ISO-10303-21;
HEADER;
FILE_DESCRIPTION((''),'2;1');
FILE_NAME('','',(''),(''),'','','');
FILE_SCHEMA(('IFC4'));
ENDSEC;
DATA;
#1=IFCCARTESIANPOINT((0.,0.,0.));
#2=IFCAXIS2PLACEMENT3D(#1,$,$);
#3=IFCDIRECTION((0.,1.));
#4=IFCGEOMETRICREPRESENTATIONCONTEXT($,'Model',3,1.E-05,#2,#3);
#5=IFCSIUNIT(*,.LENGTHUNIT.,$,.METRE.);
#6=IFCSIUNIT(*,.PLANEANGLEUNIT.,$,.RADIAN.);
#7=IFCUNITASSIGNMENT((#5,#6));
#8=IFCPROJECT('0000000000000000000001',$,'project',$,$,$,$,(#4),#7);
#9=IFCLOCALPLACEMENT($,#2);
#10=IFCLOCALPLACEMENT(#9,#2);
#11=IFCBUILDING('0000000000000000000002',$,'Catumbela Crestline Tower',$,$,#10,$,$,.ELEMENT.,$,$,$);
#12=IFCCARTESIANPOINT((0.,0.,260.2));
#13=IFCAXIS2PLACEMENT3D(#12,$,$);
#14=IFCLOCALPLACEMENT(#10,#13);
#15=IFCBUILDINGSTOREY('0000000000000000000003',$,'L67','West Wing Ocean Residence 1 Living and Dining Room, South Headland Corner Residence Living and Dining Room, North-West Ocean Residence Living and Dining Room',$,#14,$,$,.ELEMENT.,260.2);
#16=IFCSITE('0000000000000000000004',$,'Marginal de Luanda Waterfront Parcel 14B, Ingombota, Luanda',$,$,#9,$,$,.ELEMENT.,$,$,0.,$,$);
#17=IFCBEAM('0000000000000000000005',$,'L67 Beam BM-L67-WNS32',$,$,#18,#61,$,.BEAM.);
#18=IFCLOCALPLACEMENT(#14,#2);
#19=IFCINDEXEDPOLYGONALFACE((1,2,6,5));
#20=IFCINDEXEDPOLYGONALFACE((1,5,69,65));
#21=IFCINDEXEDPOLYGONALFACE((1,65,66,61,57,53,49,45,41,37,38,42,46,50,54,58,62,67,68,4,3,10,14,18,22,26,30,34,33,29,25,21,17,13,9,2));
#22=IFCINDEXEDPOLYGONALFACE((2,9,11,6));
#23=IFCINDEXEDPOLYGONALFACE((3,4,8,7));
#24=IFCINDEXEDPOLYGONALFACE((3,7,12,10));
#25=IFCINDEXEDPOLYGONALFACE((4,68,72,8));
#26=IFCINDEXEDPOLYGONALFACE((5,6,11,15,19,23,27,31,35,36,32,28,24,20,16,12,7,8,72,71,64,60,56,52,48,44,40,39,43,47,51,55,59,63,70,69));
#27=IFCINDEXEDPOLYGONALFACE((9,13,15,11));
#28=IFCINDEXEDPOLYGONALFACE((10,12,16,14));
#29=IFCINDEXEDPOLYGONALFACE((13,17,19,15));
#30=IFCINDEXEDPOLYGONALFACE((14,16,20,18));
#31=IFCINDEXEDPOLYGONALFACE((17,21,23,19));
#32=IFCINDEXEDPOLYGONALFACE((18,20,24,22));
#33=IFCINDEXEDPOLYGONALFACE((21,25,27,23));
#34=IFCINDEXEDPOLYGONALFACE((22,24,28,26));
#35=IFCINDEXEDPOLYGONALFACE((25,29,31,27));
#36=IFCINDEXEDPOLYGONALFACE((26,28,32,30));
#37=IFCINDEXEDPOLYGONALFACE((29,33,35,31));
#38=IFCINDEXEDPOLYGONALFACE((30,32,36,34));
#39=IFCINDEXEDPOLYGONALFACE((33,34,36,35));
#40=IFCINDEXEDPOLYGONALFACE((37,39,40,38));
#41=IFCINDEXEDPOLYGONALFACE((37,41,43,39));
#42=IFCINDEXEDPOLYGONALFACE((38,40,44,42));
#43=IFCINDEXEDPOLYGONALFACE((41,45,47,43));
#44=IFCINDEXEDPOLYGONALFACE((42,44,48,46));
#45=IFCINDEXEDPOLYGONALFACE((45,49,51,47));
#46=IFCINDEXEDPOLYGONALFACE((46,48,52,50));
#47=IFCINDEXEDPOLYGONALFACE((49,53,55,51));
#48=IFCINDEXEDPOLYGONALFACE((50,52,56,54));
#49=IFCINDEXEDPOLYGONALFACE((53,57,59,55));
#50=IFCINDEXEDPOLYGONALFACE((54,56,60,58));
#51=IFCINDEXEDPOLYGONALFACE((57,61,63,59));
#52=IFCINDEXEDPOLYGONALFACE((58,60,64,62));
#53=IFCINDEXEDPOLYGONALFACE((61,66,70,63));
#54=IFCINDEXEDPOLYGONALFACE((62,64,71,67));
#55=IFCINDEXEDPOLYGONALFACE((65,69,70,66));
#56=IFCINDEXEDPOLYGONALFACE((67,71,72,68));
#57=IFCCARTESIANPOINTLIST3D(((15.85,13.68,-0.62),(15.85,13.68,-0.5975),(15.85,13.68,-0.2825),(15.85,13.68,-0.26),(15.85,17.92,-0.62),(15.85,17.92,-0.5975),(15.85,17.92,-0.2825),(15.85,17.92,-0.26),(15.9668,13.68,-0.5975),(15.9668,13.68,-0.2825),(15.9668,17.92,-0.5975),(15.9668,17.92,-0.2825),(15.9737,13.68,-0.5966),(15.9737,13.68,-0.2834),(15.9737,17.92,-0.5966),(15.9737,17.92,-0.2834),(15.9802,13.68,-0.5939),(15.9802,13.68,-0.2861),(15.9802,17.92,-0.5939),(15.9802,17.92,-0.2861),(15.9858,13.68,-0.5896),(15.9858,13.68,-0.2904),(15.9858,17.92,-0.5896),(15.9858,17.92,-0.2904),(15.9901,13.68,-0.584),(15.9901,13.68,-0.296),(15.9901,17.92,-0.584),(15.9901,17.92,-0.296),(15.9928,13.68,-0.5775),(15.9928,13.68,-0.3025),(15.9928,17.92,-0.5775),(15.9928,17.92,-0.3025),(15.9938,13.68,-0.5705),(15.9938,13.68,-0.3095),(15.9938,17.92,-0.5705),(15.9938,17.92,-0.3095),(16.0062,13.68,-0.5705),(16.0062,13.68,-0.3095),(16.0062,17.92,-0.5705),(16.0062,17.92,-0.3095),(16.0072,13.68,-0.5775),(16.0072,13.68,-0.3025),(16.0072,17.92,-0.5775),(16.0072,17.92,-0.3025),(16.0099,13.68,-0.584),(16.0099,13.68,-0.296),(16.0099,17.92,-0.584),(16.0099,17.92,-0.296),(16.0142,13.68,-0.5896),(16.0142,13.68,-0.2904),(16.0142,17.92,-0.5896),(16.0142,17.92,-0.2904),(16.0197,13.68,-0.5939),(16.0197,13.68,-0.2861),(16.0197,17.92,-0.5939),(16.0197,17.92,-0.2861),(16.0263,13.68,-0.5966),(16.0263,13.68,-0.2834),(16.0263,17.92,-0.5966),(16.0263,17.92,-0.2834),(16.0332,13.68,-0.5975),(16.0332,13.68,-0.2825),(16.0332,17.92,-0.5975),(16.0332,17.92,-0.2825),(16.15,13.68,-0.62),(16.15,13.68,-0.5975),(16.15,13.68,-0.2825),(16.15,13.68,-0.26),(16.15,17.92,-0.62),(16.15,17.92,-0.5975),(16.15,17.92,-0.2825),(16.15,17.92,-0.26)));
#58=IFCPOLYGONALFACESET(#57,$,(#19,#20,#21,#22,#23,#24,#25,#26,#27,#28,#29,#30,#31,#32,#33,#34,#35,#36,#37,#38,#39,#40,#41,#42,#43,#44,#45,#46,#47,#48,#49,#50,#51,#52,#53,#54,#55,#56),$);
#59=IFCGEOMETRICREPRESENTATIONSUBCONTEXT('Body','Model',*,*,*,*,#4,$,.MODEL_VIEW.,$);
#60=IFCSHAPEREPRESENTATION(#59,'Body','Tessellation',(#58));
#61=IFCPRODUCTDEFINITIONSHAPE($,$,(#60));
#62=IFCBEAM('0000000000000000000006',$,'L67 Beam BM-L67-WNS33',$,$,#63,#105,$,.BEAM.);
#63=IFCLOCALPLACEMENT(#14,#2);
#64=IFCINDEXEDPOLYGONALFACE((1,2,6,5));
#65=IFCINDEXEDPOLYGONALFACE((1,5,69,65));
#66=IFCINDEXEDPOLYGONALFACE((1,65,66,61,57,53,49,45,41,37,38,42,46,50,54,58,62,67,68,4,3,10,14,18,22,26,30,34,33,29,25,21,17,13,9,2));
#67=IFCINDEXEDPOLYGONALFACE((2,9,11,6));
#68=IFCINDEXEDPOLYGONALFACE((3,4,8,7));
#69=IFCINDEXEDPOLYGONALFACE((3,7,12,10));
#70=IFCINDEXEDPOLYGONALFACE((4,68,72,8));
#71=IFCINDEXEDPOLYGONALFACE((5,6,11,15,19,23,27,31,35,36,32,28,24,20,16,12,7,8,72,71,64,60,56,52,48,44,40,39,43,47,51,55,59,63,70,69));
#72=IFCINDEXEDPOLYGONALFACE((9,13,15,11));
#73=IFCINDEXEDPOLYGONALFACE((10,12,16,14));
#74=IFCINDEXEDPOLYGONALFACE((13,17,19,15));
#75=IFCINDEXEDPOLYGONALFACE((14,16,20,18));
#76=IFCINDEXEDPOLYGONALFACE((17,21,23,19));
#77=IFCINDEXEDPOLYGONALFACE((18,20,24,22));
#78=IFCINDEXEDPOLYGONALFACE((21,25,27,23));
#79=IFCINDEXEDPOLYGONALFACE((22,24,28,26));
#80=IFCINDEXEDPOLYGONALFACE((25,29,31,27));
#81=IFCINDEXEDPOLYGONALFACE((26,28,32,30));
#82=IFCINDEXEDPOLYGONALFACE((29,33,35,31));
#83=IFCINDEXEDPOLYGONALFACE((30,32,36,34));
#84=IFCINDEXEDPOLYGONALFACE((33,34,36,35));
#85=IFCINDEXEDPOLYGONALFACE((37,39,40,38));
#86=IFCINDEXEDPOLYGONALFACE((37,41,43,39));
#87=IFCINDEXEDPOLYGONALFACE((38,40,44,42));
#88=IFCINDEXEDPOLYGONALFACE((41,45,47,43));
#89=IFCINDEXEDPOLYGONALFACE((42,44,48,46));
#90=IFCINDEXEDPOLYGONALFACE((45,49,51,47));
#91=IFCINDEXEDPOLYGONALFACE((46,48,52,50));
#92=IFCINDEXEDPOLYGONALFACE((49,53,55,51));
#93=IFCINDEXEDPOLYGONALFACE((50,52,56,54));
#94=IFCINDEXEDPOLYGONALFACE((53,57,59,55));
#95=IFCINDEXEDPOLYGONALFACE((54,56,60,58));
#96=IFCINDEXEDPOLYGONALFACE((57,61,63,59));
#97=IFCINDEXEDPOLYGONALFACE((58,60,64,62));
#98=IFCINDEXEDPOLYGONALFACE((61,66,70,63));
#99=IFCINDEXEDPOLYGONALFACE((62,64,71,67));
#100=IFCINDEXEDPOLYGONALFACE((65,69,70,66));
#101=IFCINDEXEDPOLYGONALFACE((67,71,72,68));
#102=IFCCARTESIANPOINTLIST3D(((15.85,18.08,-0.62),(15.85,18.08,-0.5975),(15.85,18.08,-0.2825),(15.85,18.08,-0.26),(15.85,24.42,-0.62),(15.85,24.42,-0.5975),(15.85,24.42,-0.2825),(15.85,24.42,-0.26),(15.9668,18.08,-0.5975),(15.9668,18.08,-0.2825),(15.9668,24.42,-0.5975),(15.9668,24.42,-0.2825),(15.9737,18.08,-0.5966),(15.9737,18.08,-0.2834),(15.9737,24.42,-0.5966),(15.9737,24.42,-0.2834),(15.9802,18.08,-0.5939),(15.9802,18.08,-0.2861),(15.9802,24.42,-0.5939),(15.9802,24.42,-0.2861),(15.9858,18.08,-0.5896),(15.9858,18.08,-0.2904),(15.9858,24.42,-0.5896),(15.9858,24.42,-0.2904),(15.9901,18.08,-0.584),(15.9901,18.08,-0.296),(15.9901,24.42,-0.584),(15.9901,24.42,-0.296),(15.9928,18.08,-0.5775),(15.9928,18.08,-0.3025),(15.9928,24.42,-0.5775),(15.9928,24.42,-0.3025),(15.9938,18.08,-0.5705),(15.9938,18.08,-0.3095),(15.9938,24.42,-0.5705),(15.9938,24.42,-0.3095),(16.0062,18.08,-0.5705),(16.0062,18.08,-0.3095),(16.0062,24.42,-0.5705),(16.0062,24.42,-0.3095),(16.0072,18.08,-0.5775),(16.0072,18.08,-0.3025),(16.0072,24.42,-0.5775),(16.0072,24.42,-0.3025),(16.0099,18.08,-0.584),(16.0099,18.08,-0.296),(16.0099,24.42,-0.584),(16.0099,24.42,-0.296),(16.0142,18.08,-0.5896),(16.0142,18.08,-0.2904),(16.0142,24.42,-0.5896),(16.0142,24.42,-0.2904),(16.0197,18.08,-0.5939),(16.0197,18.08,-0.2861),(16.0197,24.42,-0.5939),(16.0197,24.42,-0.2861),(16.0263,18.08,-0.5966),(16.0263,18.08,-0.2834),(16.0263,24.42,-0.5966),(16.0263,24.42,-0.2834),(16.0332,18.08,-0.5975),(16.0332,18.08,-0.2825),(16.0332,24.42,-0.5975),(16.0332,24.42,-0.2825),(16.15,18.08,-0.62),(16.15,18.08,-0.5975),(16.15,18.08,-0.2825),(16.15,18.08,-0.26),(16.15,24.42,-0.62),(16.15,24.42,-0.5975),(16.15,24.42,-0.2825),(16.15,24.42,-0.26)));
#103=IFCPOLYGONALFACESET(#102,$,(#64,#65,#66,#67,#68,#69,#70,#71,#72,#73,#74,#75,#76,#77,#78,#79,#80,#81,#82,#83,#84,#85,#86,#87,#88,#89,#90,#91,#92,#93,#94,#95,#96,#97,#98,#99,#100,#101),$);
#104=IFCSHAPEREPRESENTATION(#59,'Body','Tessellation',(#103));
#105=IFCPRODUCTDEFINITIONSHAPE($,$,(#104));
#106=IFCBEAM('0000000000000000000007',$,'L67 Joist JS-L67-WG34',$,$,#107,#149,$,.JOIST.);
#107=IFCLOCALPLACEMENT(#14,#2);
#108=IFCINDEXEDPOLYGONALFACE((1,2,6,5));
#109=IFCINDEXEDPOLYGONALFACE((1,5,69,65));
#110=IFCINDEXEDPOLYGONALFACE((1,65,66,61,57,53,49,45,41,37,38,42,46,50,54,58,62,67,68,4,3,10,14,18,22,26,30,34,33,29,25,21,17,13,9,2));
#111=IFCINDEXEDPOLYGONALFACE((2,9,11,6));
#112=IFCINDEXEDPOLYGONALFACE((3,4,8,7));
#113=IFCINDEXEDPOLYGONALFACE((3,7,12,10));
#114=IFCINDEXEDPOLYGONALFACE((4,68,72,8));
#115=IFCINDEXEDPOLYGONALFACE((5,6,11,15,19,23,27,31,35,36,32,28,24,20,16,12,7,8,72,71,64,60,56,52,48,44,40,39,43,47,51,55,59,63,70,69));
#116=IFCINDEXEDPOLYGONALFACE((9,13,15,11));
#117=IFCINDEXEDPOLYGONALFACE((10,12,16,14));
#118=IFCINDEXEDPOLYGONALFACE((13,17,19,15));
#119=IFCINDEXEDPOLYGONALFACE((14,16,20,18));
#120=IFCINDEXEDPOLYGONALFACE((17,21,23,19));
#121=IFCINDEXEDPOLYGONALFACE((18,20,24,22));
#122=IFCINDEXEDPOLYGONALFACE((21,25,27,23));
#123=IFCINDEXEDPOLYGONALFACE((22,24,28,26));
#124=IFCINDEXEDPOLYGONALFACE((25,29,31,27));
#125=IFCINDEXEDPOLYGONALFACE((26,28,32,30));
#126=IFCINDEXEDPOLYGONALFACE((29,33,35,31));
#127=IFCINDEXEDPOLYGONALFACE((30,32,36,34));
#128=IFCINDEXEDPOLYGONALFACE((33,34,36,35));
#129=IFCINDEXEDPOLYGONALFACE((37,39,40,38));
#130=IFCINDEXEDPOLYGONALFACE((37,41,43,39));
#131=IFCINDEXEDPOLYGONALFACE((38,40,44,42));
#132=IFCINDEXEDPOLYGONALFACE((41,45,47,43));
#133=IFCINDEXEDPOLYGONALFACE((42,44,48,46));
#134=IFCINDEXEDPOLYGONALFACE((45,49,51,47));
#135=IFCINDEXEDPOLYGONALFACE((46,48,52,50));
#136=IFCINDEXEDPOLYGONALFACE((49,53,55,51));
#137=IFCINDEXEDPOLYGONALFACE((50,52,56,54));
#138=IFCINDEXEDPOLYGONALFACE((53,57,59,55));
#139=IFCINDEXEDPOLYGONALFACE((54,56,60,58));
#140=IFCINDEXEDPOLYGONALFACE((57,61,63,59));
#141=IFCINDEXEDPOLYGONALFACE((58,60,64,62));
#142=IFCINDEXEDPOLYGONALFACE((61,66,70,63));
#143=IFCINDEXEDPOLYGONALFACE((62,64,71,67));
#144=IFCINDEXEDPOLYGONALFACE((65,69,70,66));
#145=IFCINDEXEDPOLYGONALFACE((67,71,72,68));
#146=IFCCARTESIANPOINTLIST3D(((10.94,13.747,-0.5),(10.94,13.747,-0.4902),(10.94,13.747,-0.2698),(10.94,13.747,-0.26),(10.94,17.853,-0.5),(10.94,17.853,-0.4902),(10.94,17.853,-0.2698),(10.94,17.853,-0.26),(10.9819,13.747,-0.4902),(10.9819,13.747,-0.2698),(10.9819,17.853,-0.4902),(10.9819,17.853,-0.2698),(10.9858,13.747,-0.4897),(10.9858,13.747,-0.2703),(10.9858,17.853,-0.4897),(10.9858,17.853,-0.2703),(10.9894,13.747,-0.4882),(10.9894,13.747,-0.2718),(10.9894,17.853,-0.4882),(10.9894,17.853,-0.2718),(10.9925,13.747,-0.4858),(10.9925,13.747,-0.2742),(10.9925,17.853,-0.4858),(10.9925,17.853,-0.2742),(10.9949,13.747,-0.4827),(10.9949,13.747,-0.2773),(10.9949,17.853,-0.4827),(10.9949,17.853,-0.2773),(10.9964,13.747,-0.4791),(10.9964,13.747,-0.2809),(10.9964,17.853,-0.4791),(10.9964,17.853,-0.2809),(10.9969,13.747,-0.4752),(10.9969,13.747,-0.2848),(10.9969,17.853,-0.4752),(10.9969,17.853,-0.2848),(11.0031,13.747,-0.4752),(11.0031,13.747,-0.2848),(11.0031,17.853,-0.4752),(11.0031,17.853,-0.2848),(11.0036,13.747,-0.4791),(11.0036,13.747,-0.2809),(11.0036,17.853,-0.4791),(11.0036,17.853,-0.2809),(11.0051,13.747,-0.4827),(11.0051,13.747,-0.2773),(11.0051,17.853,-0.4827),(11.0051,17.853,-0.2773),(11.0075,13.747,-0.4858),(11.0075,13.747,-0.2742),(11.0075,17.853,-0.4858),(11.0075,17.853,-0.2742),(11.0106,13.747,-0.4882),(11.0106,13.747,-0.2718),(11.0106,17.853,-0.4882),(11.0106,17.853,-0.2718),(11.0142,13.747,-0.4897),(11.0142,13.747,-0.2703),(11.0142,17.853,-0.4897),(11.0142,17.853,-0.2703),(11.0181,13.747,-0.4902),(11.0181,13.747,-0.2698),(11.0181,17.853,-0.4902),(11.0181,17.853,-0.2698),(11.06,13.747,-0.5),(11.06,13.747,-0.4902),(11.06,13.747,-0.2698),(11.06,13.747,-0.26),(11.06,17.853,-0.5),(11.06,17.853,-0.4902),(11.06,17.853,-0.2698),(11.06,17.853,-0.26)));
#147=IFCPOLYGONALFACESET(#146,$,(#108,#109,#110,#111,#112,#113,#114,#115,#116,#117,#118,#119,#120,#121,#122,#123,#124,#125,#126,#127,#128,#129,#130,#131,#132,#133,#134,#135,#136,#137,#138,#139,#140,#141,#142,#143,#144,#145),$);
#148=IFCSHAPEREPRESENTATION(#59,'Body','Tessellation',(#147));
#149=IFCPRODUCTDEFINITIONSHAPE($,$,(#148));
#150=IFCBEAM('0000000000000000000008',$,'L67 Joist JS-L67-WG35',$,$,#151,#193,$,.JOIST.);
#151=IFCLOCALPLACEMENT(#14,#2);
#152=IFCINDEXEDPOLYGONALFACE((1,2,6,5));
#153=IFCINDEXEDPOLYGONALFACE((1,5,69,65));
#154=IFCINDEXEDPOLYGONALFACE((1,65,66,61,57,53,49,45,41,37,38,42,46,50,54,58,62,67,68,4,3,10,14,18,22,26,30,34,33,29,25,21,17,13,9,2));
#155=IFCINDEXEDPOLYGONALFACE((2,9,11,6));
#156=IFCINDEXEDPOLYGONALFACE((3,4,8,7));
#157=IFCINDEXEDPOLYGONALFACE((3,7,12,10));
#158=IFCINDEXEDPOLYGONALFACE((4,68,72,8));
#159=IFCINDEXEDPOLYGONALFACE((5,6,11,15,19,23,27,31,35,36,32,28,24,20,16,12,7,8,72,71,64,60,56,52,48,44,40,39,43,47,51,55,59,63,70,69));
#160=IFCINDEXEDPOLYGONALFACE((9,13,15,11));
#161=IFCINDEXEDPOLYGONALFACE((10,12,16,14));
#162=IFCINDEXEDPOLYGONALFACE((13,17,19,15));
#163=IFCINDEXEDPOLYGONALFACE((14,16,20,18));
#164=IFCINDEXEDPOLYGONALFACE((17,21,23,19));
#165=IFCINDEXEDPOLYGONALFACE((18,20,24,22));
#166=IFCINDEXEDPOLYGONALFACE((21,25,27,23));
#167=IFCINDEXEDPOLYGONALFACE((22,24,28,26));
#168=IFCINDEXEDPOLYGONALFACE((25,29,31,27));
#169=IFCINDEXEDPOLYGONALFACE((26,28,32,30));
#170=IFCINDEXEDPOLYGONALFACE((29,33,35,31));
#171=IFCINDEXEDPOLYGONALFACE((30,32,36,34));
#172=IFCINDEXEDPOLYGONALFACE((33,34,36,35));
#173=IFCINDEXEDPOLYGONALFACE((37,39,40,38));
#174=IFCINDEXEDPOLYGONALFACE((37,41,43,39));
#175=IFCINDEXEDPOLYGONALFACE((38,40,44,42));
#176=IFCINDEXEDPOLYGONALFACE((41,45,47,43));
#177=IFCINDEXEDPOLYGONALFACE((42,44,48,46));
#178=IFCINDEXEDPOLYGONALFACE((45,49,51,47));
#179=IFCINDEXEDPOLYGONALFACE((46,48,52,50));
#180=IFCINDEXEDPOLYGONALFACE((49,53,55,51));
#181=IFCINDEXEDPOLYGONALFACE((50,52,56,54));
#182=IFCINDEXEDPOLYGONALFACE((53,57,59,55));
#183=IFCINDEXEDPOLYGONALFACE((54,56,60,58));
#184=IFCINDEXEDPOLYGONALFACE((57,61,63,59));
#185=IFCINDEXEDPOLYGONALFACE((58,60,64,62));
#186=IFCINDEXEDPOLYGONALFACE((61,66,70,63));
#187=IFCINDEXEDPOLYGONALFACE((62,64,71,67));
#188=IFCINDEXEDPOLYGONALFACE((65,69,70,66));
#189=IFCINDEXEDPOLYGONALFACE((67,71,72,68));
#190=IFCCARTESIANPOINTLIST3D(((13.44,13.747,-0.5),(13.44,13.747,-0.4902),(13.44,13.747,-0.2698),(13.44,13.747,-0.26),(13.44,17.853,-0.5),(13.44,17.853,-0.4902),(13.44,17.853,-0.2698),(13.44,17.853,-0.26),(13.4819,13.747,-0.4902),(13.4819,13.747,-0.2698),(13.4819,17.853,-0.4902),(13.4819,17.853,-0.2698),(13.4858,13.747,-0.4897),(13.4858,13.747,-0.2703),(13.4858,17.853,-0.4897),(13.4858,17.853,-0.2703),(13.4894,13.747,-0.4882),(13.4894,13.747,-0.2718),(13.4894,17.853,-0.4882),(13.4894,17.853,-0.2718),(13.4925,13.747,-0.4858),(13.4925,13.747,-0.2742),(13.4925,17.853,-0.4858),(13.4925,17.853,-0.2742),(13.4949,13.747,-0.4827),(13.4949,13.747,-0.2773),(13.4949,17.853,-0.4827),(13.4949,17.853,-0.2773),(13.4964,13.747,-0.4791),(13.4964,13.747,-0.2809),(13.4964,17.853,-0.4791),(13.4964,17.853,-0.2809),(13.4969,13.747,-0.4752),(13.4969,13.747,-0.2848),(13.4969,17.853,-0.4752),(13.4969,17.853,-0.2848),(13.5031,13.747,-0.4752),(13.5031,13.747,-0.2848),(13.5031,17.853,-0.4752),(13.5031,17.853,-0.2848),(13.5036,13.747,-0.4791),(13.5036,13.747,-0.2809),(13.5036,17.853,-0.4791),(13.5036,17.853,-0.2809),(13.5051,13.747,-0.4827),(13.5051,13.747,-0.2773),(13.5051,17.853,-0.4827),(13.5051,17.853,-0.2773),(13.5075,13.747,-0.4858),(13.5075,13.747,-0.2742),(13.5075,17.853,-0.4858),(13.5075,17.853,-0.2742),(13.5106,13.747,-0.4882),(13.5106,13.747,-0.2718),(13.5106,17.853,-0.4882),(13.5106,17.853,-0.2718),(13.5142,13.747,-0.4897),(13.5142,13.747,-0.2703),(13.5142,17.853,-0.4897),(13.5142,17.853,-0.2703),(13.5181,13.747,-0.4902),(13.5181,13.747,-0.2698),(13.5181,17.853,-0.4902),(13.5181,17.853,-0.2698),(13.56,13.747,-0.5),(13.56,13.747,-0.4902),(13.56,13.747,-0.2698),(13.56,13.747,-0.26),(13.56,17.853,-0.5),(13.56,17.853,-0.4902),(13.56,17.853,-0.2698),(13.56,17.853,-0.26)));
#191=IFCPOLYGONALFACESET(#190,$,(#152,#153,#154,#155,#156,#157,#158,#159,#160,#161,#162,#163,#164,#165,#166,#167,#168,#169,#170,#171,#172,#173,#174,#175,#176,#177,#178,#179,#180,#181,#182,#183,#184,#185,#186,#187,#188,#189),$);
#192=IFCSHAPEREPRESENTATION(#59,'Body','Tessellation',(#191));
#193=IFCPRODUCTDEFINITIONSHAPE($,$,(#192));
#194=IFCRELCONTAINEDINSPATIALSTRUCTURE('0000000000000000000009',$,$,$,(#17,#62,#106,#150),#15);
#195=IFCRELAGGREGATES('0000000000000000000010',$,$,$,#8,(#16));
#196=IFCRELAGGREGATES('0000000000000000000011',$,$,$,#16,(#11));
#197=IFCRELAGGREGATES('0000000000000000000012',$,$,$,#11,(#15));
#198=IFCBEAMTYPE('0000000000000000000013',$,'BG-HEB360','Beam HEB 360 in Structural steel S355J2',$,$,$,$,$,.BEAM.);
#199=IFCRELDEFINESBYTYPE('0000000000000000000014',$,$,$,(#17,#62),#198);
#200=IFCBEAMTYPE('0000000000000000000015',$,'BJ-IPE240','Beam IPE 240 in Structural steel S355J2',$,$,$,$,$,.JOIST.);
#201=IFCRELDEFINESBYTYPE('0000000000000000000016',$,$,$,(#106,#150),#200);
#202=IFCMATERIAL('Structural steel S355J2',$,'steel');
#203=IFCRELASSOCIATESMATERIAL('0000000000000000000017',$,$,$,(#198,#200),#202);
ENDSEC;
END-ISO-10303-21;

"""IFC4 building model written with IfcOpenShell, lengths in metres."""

from ifc_helpers import new_model, si_unit, direction, frame, origin, origin_2d, place, context, subcontext, project, spatial, i_section, extrude, material, material_profile, profile_set, type_object, element, save


model = new_model("IFC4")

# Units and contexts
model_context = context("Model", 3, precision=1e-05, world=origin(), true_north=direction((0.0, 1.0)))
body_context = subcontext(model_context, "Body", "Model", "MODEL_VIEW")
ifc_project = project(units=[si_unit("LENGTHUNIT", "METRE"), si_unit("PLANEANGLEUNIT", "RADIAN")], contexts=[model_context])

# Site, building, storey
site_placement = place(None, origin())
site = spatial("IfcSite", under=ifc_project, at=site_placement, Name="Marginal de Luanda Waterfront Parcel 14B, Ingombota, Luanda", CompositionType="ELEMENT", RefElevation=0.0)
building_placement = place(site_placement, origin())
building = spatial("IfcBuilding", under=site, at=building_placement, Name="Catumbela Crestline Tower", CompositionType="ELEMENT")
storey_placement = place(building_placement, frame((0.0, 0.0, 260.2)))
storey = spatial("IfcBuildingStorey", under=building, at=storey_placement, Name="L67", Description="West Wing Ocean Residence 1 Living and Dining Room, South Headland Corner Residence Living and Dining Room, North-West Ocean Residence Living and Dining Room", CompositionType="ELEMENT", Elevation=260.2)

# Shared definitions
ifc_material_1 = material(Name="Structural steel S355J2", Category="steel")

# Beams
ifc_material_profile_1 = material_profile(ifc_material_1, i_section(OverallWidth=0.3, OverallDepth=0.36, WebThickness=0.0125, FlangeThickness=0.0225, FilletRadius=0.027, at=origin_2d()), Name="HEB 360")
ifc_profile_set_1 = profile_set([ifc_material_profile_1], Name="Structural steel S355J2")
beam_type_1 = type_object("IfcBeamType", Name="BG-HEB360", Description="Beam HEB 360 in Structural steel S355J2", PredefinedType="BEAM", material=ifc_profile_set_1)
beam_1_placement = place(storey_placement, frame((16.0, 13.68, -0.44), z_axis=(0.0, 1.0, 0.0), x_axis=(-1.0, 0.0, 0.0)))
element("IfcBeam", 1, at=beam_1_placement, inside=storey, type_object=beam_type_1, Name="L67 Beam BM-L67-WNS32", PredefinedType="BEAM", context=body_context, shape_type="SweptSolid", body=[
    extrude(i_section(OverallWidth=0.3, OverallDepth=0.36, WebThickness=0.0125, FlangeThickness=0.0225, FilletRadius=0.027, at=origin_2d()), origin(), (0.0, 0.0, 1.0), 4.24),
])
beam_2_placement = place(storey_placement, frame((16.0, 18.08, -0.44), z_axis=(0.0, 1.0, 0.0), x_axis=(-1.0, 0.0, 0.0)))
element("IfcBeam", 2, at=beam_2_placement, inside=storey, type_object=beam_type_1, Name="L67 Beam BM-L67-WNS33", PredefinedType="BEAM", context=body_context, shape_type="SweptSolid", body=[
    extrude(i_section(OverallWidth=0.3, OverallDepth=0.36, WebThickness=0.0125, FlangeThickness=0.0225, FilletRadius=0.027, at=origin_2d()), origin(), (0.0, 0.0, 1.0), 6.34),
])
ifc_material_profile_2 = material_profile(ifc_material_1, i_section(OverallWidth=0.12, OverallDepth=0.24, WebThickness=0.0062, FlangeThickness=0.0098, FilletRadius=0.015, at=origin_2d()), Name="IPE 240")
ifc_profile_set_2 = profile_set([ifc_material_profile_2], Name="Structural steel S355J2")
beam_type_2 = type_object("IfcBeamType", Name="BJ-IPE240", Description="Beam IPE 240 in Structural steel S355J2", PredefinedType="JOIST", material=ifc_profile_set_2)
for number, where, z_axis, x_axis, name in (
    (3, (11.0, 13.747, -0.38), (0.0, 1.0, 0.0), (-1.0, 0.0, 0.0), "L67 Joist JS-L67-WG34"),
    (4, (13.5, 13.747, -0.38), (0.0, 1.0, 0.0), (-1.0, 0.0, 0.0), "L67 Joist JS-L67-WG35"),
):
    element("IfcBeam", number, at=place(storey_placement, frame(where, z_axis=z_axis, x_axis=x_axis)), inside=storey, type_object=beam_type_2, Name=name, PredefinedType="JOIST", context=body_context, shape_type="SweptSolid", body=[
        extrude(i_section(OverallWidth=0.12, OverallDepth=0.24, WebThickness=0.0062, FlangeThickness=0.0098, FilletRadius=0.015, at=origin_2d()), origin(), (0.0, 0.0, 1.0), 4.106),
    ])

save(model, "model.ifc")
